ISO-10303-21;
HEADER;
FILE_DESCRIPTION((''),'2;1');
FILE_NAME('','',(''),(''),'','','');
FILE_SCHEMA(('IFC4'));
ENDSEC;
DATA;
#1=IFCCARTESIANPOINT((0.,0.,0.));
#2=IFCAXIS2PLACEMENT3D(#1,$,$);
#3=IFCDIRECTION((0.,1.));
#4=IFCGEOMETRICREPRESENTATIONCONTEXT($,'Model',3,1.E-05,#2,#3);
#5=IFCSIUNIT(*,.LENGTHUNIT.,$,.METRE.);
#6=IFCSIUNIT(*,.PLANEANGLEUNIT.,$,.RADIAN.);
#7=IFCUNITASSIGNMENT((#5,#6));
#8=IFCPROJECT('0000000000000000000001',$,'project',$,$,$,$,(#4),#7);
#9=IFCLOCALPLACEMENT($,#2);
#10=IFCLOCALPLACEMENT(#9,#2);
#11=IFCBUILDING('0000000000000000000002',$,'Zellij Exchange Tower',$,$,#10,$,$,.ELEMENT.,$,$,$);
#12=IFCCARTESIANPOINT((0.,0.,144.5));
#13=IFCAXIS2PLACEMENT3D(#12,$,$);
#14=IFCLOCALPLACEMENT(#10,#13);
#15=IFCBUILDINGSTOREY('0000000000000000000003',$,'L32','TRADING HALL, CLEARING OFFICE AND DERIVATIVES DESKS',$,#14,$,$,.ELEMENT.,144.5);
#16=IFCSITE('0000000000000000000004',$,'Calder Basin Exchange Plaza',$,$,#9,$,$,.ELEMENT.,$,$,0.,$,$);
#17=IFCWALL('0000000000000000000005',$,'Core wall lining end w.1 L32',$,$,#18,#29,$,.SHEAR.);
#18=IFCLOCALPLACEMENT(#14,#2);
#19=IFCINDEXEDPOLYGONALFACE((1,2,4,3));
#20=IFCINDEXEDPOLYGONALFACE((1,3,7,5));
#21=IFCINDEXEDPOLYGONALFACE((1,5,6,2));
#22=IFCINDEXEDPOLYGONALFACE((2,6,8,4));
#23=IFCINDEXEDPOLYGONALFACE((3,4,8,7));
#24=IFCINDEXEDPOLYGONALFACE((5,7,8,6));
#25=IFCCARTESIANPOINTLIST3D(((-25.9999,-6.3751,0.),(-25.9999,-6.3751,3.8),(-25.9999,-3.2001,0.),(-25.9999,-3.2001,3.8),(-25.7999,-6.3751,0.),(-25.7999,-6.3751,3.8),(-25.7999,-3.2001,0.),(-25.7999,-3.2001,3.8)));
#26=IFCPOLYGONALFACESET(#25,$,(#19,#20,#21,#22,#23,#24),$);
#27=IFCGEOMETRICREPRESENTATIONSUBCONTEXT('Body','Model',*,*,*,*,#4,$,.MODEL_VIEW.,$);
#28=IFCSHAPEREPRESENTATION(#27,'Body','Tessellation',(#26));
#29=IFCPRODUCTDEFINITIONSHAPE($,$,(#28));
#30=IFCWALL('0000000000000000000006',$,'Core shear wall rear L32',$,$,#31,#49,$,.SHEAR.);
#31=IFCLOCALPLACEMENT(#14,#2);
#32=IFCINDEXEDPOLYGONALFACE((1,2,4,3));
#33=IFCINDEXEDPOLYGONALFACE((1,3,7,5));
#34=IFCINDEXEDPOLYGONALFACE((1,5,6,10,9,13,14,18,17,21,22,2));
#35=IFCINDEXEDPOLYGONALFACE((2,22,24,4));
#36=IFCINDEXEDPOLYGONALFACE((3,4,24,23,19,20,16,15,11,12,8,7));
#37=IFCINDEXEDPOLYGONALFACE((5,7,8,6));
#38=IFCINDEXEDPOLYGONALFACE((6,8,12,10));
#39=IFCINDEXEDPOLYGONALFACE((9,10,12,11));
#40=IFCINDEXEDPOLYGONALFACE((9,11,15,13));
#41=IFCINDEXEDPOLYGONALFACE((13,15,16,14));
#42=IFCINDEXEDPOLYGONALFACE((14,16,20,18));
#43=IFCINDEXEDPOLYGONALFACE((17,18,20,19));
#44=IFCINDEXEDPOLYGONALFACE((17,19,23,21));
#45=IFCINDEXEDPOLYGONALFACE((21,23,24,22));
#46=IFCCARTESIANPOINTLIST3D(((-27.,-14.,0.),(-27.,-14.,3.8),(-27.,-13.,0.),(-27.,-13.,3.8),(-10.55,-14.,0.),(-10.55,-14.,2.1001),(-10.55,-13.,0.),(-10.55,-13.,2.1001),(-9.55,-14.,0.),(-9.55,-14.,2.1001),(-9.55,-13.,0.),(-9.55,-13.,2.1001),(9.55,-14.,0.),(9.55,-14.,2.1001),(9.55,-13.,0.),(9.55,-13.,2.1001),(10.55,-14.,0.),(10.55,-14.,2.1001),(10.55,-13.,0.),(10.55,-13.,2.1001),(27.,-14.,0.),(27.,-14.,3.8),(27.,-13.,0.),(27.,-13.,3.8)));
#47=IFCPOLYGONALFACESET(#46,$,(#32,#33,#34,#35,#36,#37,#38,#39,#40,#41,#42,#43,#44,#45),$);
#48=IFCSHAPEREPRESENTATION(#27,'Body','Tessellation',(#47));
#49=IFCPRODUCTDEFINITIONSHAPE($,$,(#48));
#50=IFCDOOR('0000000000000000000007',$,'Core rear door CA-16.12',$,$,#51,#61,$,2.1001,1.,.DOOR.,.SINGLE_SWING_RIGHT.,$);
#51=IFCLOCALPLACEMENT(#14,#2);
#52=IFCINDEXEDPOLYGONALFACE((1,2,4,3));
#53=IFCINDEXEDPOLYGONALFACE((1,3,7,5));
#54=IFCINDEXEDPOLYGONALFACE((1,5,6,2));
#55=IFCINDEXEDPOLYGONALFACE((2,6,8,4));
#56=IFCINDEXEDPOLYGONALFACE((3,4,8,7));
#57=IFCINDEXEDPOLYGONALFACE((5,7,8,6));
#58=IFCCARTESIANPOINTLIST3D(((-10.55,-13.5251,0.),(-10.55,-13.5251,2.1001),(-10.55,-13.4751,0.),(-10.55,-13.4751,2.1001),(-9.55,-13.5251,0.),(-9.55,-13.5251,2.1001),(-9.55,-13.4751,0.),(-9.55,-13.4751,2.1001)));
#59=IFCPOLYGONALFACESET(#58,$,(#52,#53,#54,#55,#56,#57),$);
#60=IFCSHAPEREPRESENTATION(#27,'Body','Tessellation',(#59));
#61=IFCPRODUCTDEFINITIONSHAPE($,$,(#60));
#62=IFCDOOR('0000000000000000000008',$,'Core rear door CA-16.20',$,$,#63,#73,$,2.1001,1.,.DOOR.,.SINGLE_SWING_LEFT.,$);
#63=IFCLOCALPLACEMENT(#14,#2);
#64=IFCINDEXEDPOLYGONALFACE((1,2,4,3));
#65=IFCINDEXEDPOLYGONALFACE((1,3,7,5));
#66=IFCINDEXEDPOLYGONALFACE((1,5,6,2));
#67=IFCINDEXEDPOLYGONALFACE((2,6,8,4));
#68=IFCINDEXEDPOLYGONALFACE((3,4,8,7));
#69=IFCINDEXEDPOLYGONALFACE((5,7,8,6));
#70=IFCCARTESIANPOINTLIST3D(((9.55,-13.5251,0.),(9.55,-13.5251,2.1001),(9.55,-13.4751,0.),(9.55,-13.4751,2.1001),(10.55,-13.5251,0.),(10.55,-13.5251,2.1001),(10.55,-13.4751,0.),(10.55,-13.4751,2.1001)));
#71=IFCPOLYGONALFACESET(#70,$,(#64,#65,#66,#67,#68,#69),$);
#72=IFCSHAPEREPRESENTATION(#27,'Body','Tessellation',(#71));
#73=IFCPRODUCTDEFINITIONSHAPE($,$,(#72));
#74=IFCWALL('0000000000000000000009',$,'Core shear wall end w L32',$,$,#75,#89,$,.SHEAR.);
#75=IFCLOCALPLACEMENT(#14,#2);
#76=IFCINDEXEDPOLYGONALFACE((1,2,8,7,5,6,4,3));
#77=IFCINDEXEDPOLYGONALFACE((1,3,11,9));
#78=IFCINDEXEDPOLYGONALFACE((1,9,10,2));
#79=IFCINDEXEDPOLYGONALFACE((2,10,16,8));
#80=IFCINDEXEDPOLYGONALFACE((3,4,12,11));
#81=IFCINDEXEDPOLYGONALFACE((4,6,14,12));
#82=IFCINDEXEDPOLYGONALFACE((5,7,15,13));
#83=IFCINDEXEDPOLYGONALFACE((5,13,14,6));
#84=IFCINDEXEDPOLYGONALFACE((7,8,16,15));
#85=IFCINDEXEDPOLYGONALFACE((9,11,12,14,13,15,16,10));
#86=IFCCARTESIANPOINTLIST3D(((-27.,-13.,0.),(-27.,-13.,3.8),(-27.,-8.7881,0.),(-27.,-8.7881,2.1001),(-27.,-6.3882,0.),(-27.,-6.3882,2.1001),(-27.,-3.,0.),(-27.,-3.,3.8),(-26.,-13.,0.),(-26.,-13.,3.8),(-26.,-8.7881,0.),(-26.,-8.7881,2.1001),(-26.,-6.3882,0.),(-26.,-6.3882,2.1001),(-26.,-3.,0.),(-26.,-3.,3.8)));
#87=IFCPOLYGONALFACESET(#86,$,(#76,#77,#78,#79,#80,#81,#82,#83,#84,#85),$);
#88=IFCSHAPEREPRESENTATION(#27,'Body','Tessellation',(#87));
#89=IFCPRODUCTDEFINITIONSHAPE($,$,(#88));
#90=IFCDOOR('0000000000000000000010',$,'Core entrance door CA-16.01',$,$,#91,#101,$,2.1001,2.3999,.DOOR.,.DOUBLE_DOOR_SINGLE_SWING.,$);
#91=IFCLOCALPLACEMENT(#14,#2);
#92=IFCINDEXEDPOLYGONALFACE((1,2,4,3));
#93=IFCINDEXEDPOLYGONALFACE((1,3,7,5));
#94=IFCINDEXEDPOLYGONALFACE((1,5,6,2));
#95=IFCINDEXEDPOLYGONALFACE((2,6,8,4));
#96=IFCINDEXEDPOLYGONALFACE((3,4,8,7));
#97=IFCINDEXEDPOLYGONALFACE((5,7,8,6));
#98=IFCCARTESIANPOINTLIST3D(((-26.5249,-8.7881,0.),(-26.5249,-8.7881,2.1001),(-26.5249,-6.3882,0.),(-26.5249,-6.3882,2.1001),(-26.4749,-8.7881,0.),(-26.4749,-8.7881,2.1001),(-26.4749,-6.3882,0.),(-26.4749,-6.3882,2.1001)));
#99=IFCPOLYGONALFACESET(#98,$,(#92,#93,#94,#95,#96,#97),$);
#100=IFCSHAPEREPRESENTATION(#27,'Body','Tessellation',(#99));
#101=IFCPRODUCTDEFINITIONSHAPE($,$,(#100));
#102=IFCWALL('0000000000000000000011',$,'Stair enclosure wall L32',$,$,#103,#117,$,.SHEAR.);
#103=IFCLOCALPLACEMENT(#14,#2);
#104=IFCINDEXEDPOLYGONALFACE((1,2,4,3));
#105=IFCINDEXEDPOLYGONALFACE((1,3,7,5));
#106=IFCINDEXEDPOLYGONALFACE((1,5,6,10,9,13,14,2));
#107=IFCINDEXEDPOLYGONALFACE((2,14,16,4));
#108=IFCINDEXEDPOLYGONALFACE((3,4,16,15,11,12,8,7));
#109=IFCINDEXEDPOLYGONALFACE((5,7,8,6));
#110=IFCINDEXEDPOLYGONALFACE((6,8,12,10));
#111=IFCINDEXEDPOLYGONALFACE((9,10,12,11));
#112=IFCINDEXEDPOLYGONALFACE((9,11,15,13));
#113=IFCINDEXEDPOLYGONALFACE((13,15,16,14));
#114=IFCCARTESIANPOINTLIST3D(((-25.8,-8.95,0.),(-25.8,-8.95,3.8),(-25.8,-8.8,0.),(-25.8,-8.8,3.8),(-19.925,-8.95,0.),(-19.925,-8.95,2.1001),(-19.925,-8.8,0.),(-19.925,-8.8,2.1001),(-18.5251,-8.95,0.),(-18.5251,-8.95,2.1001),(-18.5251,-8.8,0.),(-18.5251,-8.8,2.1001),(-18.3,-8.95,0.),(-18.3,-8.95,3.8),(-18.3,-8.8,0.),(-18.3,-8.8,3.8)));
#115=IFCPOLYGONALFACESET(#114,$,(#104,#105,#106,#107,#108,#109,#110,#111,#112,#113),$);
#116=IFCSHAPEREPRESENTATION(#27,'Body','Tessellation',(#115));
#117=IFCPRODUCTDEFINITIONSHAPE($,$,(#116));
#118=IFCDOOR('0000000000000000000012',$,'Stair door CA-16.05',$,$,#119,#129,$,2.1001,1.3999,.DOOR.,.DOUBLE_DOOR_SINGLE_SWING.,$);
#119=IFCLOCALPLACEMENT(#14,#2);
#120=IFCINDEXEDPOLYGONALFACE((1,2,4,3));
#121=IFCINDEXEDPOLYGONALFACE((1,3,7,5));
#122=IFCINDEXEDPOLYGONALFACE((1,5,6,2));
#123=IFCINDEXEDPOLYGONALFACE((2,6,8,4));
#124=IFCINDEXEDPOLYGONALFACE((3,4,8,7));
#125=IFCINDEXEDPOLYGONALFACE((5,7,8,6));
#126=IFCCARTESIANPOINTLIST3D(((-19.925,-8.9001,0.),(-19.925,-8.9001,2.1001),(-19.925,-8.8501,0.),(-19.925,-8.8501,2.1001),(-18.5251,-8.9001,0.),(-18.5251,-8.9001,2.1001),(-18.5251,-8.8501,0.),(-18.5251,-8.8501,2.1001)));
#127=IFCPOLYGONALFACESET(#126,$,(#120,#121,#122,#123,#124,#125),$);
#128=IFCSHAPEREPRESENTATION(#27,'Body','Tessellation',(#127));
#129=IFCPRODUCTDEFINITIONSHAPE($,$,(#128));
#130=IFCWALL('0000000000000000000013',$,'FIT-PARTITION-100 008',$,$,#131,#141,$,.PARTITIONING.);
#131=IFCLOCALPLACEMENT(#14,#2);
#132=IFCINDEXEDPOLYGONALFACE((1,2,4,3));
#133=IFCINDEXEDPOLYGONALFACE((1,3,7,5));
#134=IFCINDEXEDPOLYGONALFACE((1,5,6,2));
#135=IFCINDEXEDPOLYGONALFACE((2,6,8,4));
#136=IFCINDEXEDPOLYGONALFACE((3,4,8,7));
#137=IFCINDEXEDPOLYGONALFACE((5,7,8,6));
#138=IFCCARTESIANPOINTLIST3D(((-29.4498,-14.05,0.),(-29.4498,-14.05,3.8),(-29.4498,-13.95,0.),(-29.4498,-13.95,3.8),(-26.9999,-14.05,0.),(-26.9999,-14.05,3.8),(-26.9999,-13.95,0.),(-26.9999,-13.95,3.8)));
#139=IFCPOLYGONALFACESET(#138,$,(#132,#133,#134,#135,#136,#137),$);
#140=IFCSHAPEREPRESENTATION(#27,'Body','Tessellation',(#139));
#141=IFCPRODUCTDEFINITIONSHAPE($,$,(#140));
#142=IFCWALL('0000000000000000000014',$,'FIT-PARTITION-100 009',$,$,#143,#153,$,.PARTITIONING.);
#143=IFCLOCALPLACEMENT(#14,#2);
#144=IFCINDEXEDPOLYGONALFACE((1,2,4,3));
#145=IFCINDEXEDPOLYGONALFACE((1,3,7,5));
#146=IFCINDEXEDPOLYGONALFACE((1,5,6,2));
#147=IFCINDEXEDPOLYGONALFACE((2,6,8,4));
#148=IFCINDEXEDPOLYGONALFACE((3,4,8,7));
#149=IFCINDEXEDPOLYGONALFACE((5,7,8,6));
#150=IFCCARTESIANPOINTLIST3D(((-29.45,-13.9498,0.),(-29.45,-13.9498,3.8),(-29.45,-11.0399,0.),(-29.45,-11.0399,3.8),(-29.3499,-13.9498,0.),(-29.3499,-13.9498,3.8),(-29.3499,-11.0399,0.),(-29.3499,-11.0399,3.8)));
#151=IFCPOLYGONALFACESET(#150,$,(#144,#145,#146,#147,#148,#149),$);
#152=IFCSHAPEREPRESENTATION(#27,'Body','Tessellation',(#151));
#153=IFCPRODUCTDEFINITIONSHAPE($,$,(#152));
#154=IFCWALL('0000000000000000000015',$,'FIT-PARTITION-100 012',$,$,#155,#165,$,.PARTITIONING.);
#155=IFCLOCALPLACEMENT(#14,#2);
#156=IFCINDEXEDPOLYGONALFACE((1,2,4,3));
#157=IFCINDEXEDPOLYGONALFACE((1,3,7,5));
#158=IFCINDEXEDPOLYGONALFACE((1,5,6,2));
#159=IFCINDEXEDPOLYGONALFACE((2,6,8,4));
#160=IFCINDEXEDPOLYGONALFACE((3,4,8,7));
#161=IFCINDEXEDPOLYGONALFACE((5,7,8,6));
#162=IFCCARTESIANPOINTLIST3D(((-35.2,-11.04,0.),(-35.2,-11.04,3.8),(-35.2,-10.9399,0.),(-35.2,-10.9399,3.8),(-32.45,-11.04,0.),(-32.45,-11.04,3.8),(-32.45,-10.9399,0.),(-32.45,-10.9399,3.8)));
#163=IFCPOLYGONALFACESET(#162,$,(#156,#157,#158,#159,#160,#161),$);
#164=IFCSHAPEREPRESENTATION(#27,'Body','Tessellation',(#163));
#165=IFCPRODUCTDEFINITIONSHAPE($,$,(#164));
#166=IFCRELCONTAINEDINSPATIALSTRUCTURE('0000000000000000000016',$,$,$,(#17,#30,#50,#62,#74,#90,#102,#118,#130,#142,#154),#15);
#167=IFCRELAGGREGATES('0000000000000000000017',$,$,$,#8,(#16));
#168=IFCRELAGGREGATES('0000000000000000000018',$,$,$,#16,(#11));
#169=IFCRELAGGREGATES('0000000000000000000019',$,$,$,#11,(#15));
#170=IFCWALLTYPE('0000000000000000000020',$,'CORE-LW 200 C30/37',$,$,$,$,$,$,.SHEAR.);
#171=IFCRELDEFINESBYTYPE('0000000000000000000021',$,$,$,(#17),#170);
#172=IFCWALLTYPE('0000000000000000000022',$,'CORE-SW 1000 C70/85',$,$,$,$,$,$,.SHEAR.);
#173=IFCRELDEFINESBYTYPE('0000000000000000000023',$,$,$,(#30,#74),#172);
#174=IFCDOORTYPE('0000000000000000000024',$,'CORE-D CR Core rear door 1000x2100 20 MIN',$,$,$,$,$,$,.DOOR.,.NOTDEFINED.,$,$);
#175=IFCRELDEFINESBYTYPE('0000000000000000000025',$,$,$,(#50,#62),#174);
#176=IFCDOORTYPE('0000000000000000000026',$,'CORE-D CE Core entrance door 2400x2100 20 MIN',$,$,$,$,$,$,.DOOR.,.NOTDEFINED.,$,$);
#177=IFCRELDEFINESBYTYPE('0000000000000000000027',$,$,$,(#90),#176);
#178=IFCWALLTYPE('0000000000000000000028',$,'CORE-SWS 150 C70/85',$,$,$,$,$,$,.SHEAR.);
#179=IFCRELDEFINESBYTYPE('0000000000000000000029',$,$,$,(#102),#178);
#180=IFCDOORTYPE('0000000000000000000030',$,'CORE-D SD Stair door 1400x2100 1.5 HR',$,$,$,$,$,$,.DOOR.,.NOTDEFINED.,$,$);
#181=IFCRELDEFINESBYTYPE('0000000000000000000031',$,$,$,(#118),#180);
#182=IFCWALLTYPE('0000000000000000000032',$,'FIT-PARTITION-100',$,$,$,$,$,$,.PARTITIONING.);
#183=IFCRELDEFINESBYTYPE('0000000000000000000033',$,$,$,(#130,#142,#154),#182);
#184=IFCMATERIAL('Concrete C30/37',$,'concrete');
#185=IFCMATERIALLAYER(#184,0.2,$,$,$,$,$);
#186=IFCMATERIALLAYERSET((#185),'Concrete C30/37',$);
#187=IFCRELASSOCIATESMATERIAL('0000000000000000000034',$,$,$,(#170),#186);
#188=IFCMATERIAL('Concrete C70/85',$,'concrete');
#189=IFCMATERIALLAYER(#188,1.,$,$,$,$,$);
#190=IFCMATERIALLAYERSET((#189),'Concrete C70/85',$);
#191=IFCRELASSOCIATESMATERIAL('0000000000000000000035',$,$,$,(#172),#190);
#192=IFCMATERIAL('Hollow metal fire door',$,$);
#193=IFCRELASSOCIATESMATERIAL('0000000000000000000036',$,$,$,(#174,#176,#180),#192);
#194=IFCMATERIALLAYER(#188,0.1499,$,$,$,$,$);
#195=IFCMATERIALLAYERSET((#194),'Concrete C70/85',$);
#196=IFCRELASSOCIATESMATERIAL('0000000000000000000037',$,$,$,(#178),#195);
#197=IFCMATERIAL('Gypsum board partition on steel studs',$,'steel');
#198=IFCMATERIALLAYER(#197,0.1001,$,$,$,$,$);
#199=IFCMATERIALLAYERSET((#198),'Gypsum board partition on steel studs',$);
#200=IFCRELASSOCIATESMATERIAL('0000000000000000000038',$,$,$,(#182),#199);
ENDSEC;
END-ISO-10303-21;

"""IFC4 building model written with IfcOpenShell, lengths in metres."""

from ifc_helpers import new_model, si_unit, direction, frame, frame_2d, origin, place, context, subcontext, project, spatial, rectangle, extrude, material, layer, layer_set, type_object, element, fill, save


model = new_model("IFC4")

# Units and contexts
model_context = context("Model", 3, precision=1e-05, world=origin(), true_north=direction((0.0, 1.0)))
body_context = subcontext(model_context, "Body", "Model", "MODEL_VIEW")
ifc_project = project(units=[si_unit("LENGTHUNIT", "METRE"), si_unit("PLANEANGLEUNIT", "RADIAN")], contexts=[model_context])

# Site, building, storey
site_placement = place(None, origin())
site = spatial("IfcSite", under=ifc_project, at=site_placement, Name="Calder Basin Exchange Plaza", CompositionType="ELEMENT", RefElevation=0.0)
building_placement = place(site_placement, origin())
building = spatial("IfcBuilding", under=site, at=building_placement, Name="Zellij Exchange Tower", CompositionType="ELEMENT")
storey_placement = place(building_placement, frame((0.0, 0.0, 144.5)))
storey = spatial("IfcBuildingStorey", under=building, at=storey_placement, Name="L32", Description="TRADING HALL, CLEARING OFFICE AND DERIVATIVES DESKS", CompositionType="ELEMENT", Elevation=144.5)

# Shared definitions
ifc_material_1 = material(Name="Concrete C70/85", Category="concrete")

# Wall
ifc_material_2 = material(Name="Concrete C30/37", Category="concrete")
ifc_layer_1 = layer(ifc_material_2, 0.2)
ifc_layer_set_1 = layer_set([ifc_layer_1], Name="Concrete C30/37")
wall_type_1 = type_object("IfcWallType", Name="CORE-LW 200 C30/37", PredefinedType="SHEAR", material=ifc_layer_set_1)
wall_1_placement = place(storey_placement, frame((-25.8999, -6.375, 0.0), z_axis=(0.0, 0.0, 1.0), x_axis=(0.0, 1.0, 0.0)))
element("IfcWall", 1, at=wall_1_placement, inside=storey, type_object=wall_type_1, Name="Core wall lining end w.1 L32", PredefinedType="SHEAR", context=body_context, shape_type="SweptSolid", body=[
    extrude(rectangle(XDim=3.175, YDim=0.2, at=frame_2d((1.5874, 0.0))), origin(), (0.0, 0.0, 1.0), 3.8),
])

# Wall, openings, doors
ifc_layer_2 = layer(ifc_material_1, 1.0)
ifc_layer_set_2 = layer_set([ifc_layer_2], Name="Concrete C70/85")
wall_type_2 = type_object("IfcWallType", Name="CORE-SW 1000 C70/85", PredefinedType="SHEAR", material=ifc_layer_set_2)
wall_2_placement = place(storey_placement, frame((-27.0, -13.5, 0.0), z_axis=(0.0, 0.0, 1.0), x_axis=(1.0, 0.0, 0.0)))
wall_2 = element("IfcWall", 2, at=wall_2_placement, inside=storey, type_object=wall_type_2, Name="Core shear wall rear L32", PredefinedType="SHEAR", context=body_context, shape_type="SweptSolid", body=[
    extrude(rectangle(XDim=54.0, YDim=1.0, at=frame_2d((27.0, 0.0))), origin(), (0.0, 0.0, 1.0), 3.8),
])
opening_1_placement = place(wall_2_placement, frame((16.45, 0.0, 0.0)))
opening_1 = element("IfcOpeningElement", 3, at=opening_1_placement, cuts=wall_2, PredefinedType="OPENING", context=body_context, shape_type="SweptSolid", body=[
    extrude(rectangle(XDim=1.0, YDim=2.1001, at=frame_2d((0.5, 1.05))), frame((0.0, 0.512, 0.0), z_axis=(0.0, -1.0, 0.0), x_axis=(1.0, 0.0, 0.0)), (0.0, 0.0, 1.0), 1.0239),
])
opening_2_placement = place(wall_2_placement, frame((36.55, 0.0, 0.0)))
opening_2 = element("IfcOpeningElement", 4, at=opening_2_placement, cuts=wall_2, PredefinedType="OPENING", context=body_context, shape_type="SweptSolid", body=[
    extrude(rectangle(XDim=1.0, YDim=2.1001, at=frame_2d((0.5, 1.05))), frame((0.0, 0.512, 0.0), z_axis=(0.0, -1.0, 0.0), x_axis=(1.0, 0.0, 0.0)), (0.0, 0.0, 1.0), 1.0239),
])
ifc_material_3 = material(Name="Hollow metal fire door")
door_type_1 = type_object("IfcDoorType", Name="CORE-D CR Core rear door 1000x2100 20 MIN", OperationType="NOTDEFINED", PredefinedType="DOOR", material=ifc_material_3)
door_1_placement = place(opening_1_placement, origin())
door_1 = element("IfcDoor", 5, at=door_1_placement, inside=storey, type_object=door_type_1, Name="Core rear door CA-16.12", OperationType="SINGLE_SWING_RIGHT", OverallHeight=2.1001, OverallWidth=1.0, PredefinedType="DOOR", context=body_context, shape_type="SweptSolid", body=[
    extrude(rectangle(XDim=1.0, YDim=2.1001, at=frame_2d((0.5, 1.05))), frame((0.0, 0.0249, 0.0), z_axis=(0.0, -1.0, 0.0), x_axis=(1.0, 0.0, 0.0)), (0.0, 0.0, 1.0), 0.05),
])
fill(opening_1, door_1)
door_2_placement = place(opening_2_placement, origin())
door_2 = element("IfcDoor", 6, at=door_2_placement, inside=storey, type_object=door_type_1, Name="Core rear door CA-16.20", OperationType="SINGLE_SWING_LEFT", OverallHeight=2.1001, OverallWidth=1.0, PredefinedType="DOOR", context=body_context, shape_type="SweptSolid", body=[
    extrude(rectangle(XDim=1.0, YDim=2.1001, at=frame_2d((0.5, 1.05))), frame((0.0, 0.0249, 0.0), z_axis=(0.0, -1.0, 0.0), x_axis=(1.0, 0.0, 0.0)), (0.0, 0.0, 1.0), 0.05),
])
fill(opening_2, door_2)

# Walls, openings, doors
wall_3_placement = place(storey_placement, frame((-26.5, -13.0, 0.0), z_axis=(0.0, 0.0, 1.0), x_axis=(0.0, 1.0, 0.0)))
wall_3 = element("IfcWall", 7, at=wall_3_placement, inside=storey, type_object=wall_type_2, Name="Core shear wall end w L32", PredefinedType="SHEAR", context=body_context, shape_type="SweptSolid", body=[
    extrude(rectangle(XDim=10.0, YDim=1.0, at=frame_2d((5.0, 0.0))), origin(), (0.0, 0.0, 1.0), 3.8),
])
opening_3_placement = place(wall_3_placement, frame((4.2119, 0.0, 0.0)))
opening_3 = element("IfcOpeningElement", 8, at=opening_3_placement, cuts=wall_3, PredefinedType="OPENING", context=body_context, shape_type="SweptSolid", body=[
    extrude(rectangle(XDim=2.3999, YDim=2.1001, at=frame_2d((1.2, 1.05))), frame((0.0, 0.512, 0.0), z_axis=(0.0, -1.0, 0.0), x_axis=(1.0, 0.0, 0.0)), (0.0, 0.0, 1.0), 1.0239),
])
door_type_2 = type_object("IfcDoorType", Name="CORE-D CE Core entrance door 2400x2100 20 MIN", OperationType="NOTDEFINED", PredefinedType="DOOR", material=ifc_material_3)
door_3_placement = place(opening_3_placement, origin())
door_3 = element("IfcDoor", 9, at=door_3_placement, inside=storey, type_object=door_type_2, Name="Core entrance door CA-16.01", OperationType="DOUBLE_DOOR_SINGLE_SWING", OverallHeight=2.1001, OverallWidth=2.3999, PredefinedType="DOOR", context=body_context, shape_type="SweptSolid", body=[
    extrude(rectangle(XDim=2.3999, YDim=2.1001, at=frame_2d((1.2, 1.05))), frame((0.0, 0.0249, 0.0), z_axis=(0.0, -1.0, 0.0), x_axis=(1.0, 0.0, 0.0)), (0.0, 0.0, 1.0), 0.05),
])
fill(opening_3, door_3)
ifc_layer_3 = layer(ifc_material_1, 0.1499)
ifc_layer_set_3 = layer_set([ifc_layer_3], Name="Concrete C70/85")
wall_type_3 = type_object("IfcWallType", Name="CORE-SWS 150 C70/85", PredefinedType="SHEAR", material=ifc_layer_set_3)
wall_4_placement = place(storey_placement, frame((-25.8, -8.875, 0.0), z_axis=(0.0, 0.0, 1.0), x_axis=(1.0, 0.0, 0.0)))
wall_4 = element("IfcWall", 10, at=wall_4_placement, inside=storey, type_object=wall_type_3, Name="Stair enclosure wall L32", PredefinedType="SHEAR", context=body_context, shape_type="SweptSolid", body=[
    extrude(rectangle(XDim=7.5, YDim=0.1499, at=frame_2d((3.75, 0.0))), origin(), (0.0, 0.0, 1.0), 3.8),
])
opening_4_placement = place(wall_4_placement, frame((5.875, 0.0, 0.0)))
opening_4 = element("IfcOpeningElement", 11, at=opening_4_placement, cuts=wall_4, PredefinedType="OPENING", context=body_context, shape_type="SweptSolid", body=[
    extrude(rectangle(XDim=1.3999, YDim=2.1001, at=frame_2d((0.7, 1.05))), frame((0.0, 0.0869, 0.0), z_axis=(0.0, -1.0, 0.0), x_axis=(1.0, 0.0, 0.0)), (0.0, 0.0, 1.0), 0.1738),
])
door_type_3 = type_object("IfcDoorType", Name="CORE-D SD Stair door 1400x2100 1.5 HR", OperationType="NOTDEFINED", PredefinedType="DOOR", material=ifc_material_3)
door_4_placement = place(opening_4_placement, origin())
door_4 = element("IfcDoor", 12, at=door_4_placement, inside=storey, type_object=door_type_3, Name="Stair door CA-16.05", OperationType="DOUBLE_DOOR_SINGLE_SWING", OverallHeight=2.1001, OverallWidth=1.3999, PredefinedType="DOOR", context=body_context, shape_type="SweptSolid", body=[
    extrude(rectangle(XDim=1.3999, YDim=2.1001, at=frame_2d((0.7, 1.05))), frame((0.0, 0.0249, 0.0), z_axis=(0.0, -1.0, 0.0), x_axis=(1.0, 0.0, 0.0)), (0.0, 0.0, 1.0), 0.05),
])
fill(opening_4, door_4)

# Walls
ifc_material_4 = material(Name="Gypsum board partition on steel studs", Category="steel")
ifc_layer_4 = layer(ifc_material_4, 0.1001)
ifc_layer_set_4 = layer_set([ifc_layer_4], Name="Gypsum board partition on steel studs")
wall_type_4 = type_object("IfcWallType", Name="FIT-PARTITION-100", PredefinedType="PARTITIONING", material=ifc_layer_set_4)
wall_5_placement = place(storey_placement, frame((-29.45, -14.0, 0.0), z_axis=(0.0, 0.0, 1.0), x_axis=(1.0, 0.0, 0.0)))
element("IfcWall", 13, at=wall_5_placement, inside=storey, type_object=wall_type_4, Name="FIT-PARTITION-100 008", PredefinedType="PARTITIONING", context=body_context, shape_type="SweptSolid", body=[
    extrude(rectangle(XDim=2.45, YDim=0.1001, at=frame_2d((1.2251, 0.0))), origin(), (0.0, 0.0, 1.0), 3.8),
])
wall_6_placement = place(storey_placement, frame((-29.3999, -13.95, 0.0), z_axis=(0.0, 0.0, 1.0), x_axis=(0.0, 1.0, 0.0)))
element("IfcWall", 14, at=wall_6_placement, inside=storey, type_object=wall_type_4, Name="FIT-PARTITION-100 009", PredefinedType="PARTITIONING", context=body_context, shape_type="SweptSolid", body=[
    extrude(rectangle(XDim=2.9099, YDim=0.1001, at=frame_2d((1.4551, 0.0))), origin(), (0.0, 0.0, 1.0), 3.8),
])
wall_7_placement = place(storey_placement, frame((-35.2, -10.99, 0.0), z_axis=(0.0, 0.0, 1.0), x_axis=(1.0, 0.0, 0.0)))
element("IfcWall", 15, at=wall_7_placement, inside=storey, type_object=wall_type_4, Name="FIT-PARTITION-100 012", PredefinedType="PARTITIONING", context=body_context, shape_type="SweptSolid", body=[
    extrude(rectangle(XDim=2.75, YDim=0.1001, at=frame_2d((1.375, 0.0))), origin(), (0.0, 0.0, 1.0), 3.8),
])

save(model, "model.ifc")
